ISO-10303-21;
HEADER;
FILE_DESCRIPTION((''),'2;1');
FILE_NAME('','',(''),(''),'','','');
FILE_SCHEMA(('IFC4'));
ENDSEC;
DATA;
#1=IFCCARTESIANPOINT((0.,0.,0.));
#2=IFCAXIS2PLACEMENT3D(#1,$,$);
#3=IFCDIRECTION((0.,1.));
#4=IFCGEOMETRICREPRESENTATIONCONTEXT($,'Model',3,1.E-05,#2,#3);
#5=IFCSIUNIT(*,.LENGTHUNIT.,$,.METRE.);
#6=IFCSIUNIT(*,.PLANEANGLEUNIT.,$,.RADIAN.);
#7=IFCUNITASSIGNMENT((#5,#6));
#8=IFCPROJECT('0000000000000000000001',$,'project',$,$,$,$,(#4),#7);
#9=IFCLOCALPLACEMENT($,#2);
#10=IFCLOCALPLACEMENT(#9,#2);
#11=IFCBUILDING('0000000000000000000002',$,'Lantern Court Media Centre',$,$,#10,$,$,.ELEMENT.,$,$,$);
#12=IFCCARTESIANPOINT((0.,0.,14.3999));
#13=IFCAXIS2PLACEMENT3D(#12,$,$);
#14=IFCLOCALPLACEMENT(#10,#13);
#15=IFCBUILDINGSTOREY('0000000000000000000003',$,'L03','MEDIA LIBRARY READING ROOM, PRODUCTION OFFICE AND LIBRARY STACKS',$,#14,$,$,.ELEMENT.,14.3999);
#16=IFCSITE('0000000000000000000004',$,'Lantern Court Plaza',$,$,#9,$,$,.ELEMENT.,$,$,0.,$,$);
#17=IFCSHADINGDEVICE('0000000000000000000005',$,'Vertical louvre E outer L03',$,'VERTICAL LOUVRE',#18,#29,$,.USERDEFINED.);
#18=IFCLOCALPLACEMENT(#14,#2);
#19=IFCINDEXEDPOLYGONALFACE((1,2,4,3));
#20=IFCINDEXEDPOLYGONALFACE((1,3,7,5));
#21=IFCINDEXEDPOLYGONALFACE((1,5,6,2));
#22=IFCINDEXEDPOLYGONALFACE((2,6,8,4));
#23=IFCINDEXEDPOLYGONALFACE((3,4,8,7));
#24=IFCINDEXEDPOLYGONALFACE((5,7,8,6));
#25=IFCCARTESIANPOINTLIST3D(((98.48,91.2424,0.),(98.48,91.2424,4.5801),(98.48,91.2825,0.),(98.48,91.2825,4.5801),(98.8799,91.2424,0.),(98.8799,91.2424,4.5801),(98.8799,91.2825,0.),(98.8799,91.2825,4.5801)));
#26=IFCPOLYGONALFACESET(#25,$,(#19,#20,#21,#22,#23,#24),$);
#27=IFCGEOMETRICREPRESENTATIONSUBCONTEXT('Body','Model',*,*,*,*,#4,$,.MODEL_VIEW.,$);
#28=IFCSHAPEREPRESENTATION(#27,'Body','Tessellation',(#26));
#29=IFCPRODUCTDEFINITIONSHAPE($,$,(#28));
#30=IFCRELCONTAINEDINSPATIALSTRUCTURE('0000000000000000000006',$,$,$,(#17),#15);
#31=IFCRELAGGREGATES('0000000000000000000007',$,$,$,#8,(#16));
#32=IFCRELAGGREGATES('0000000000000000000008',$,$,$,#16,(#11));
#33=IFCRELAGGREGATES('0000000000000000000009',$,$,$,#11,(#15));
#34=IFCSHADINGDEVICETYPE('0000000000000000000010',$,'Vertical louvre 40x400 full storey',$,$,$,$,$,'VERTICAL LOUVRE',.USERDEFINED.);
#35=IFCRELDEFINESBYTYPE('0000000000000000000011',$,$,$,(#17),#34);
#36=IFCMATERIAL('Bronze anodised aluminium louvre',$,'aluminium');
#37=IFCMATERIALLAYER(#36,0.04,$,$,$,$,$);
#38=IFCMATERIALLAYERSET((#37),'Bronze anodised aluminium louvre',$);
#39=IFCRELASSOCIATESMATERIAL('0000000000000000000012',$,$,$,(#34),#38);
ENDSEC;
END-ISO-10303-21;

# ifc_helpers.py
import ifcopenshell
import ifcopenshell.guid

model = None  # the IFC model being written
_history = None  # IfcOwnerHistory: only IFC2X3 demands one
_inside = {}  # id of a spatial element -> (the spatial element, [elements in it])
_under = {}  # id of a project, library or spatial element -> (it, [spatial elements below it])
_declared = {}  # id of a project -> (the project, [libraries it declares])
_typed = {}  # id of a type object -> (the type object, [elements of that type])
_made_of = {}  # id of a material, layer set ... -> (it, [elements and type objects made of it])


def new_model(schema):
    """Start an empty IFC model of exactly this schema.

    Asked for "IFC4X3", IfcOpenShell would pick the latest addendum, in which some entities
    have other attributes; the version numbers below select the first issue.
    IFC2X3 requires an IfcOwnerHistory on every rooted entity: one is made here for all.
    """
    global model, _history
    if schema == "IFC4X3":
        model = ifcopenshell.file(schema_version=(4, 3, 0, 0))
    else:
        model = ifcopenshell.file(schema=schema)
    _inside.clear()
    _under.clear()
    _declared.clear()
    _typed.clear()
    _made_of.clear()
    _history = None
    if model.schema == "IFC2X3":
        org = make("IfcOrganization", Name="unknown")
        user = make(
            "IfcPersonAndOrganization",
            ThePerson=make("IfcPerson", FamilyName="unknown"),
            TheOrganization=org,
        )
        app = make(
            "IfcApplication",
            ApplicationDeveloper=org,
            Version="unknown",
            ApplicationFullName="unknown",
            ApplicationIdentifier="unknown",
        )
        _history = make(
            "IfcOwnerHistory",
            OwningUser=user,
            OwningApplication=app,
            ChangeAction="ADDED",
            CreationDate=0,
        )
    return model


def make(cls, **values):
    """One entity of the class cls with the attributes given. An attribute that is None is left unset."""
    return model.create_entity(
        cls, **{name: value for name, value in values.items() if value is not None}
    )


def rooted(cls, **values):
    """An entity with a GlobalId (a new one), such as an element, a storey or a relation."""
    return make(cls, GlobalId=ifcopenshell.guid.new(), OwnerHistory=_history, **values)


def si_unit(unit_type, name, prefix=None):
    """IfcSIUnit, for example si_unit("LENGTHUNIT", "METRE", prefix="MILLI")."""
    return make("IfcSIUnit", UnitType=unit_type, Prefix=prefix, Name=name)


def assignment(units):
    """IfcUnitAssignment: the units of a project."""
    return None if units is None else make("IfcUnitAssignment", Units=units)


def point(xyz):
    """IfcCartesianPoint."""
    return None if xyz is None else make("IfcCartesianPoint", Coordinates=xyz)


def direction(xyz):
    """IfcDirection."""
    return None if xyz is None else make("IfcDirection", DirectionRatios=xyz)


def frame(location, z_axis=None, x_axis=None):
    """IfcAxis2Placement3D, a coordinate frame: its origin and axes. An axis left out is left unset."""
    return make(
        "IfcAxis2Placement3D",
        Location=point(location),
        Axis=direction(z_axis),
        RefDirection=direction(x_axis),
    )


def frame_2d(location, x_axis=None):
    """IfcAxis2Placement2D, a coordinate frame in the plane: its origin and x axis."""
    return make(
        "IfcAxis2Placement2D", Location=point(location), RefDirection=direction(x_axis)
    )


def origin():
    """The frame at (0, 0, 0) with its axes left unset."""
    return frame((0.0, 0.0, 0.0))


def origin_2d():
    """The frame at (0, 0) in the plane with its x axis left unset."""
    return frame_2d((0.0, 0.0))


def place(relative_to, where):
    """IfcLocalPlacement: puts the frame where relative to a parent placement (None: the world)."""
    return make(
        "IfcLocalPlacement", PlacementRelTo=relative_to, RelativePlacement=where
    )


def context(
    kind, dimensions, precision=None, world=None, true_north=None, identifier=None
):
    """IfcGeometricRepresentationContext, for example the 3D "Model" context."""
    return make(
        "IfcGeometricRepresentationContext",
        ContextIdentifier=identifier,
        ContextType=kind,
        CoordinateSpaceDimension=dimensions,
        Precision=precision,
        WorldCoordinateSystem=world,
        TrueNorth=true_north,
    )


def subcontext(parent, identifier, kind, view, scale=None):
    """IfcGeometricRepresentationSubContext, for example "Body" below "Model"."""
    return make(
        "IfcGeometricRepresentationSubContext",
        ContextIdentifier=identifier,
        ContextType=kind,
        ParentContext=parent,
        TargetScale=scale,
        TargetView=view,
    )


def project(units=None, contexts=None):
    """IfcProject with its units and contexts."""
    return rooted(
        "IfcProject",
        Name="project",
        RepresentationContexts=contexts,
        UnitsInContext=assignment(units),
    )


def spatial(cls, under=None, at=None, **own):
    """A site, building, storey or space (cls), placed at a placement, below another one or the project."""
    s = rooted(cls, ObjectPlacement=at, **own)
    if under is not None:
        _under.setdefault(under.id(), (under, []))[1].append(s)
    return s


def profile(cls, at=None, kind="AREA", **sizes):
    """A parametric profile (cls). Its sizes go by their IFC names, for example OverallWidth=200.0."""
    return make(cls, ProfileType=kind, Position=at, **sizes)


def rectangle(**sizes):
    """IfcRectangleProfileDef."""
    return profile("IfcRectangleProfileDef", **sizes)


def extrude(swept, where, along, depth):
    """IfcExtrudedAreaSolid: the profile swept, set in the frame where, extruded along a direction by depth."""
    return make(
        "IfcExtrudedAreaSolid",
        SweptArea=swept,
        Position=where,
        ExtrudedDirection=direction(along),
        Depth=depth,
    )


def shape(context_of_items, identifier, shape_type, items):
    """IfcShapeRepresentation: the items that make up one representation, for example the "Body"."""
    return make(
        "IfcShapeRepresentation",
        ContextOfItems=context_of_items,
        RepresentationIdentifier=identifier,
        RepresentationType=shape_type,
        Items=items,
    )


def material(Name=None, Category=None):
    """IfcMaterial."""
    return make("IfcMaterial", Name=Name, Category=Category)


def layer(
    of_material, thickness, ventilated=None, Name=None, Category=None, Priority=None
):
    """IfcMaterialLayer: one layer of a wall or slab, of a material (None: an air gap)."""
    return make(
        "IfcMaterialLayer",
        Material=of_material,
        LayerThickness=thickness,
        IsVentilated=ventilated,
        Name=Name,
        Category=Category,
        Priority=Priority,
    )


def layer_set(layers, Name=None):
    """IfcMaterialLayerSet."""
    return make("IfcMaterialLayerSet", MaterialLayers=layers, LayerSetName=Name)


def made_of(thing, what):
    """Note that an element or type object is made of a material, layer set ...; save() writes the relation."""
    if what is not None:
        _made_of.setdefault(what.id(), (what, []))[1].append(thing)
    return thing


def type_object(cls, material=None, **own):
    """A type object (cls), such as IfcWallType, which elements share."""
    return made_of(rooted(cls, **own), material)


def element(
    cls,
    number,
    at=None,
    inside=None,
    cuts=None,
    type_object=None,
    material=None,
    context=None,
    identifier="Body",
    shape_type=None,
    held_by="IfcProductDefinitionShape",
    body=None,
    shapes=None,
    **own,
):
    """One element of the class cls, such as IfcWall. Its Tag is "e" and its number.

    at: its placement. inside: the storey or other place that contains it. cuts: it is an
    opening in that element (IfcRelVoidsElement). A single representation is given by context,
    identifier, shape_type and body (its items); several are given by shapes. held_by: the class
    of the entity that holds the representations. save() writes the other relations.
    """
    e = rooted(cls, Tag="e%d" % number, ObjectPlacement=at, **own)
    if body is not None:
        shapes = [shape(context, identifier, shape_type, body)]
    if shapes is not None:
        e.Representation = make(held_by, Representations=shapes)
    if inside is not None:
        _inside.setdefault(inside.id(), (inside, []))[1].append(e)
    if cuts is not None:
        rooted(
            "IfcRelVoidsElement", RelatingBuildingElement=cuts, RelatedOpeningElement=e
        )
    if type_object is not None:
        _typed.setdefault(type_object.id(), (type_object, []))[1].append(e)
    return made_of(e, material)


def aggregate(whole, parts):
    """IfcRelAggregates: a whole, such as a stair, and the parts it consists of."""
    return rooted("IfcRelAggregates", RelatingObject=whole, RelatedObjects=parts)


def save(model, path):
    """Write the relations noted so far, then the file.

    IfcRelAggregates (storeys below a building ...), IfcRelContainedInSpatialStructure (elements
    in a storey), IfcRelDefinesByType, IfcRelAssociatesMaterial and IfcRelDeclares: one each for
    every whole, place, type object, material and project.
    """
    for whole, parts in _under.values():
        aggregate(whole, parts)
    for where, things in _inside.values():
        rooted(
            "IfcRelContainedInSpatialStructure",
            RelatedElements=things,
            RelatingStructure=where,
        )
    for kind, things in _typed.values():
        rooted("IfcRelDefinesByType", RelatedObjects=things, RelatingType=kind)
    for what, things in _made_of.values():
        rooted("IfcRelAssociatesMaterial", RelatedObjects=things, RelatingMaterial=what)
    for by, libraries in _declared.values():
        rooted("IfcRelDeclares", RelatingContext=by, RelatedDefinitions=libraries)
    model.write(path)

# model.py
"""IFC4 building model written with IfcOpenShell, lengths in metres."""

from ifc_helpers import new_model, si_unit, direction, frame, origin, origin_2d, place, context, subcontext, project, spatial, rectangle, extrude, material, layer, layer_set, type_object, element, save


model = new_model("IFC4")

# Units and contexts
model_context = context("Model", 3, precision=1e-05, world=origin(), true_north=direction((0.0, 1.0)))
body_context = subcontext(model_context, "Body", "Model", "MODEL_VIEW")
ifc_project = project(units=[si_unit("LENGTHUNIT", "METRE"), si_unit("PLANEANGLEUNIT", "RADIAN")], contexts=[model_context])

# Site, building, storey
site_placement = place(None, origin())
site = spatial("IfcSite", under=ifc_project, at=site_placement, Name="Lantern Court Plaza", CompositionType="ELEMENT", RefElevation=0.0)
building_placement = place(site_placement, origin())
building = spatial("IfcBuilding", under=site, at=building_placement, Name="Lantern Court Media Centre", CompositionType="ELEMENT")
storey_placement = place(building_placement, frame((0.0, 0.0, 14.3999)))
storey = spatial("IfcBuildingStorey", under=building, at=storey_placement, Name="L03", Description="MEDIA LIBRARY READING ROOM, PRODUCTION OFFICE AND LIBRARY STACKS", CompositionType="ELEMENT", Elevation=14.3999)

# Shading device
ifc_material_1 = material(Name="Bronze anodised aluminium louvre", Category="aluminium")
ifc_layer_1 = layer(ifc_material_1, 0.04)
ifc_layer_set_1 = layer_set([ifc_layer_1], Name="Bronze anodised aluminium louvre")
shading_device_type = type_object("IfcShadingDeviceType", Name="Vertical louvre 40x400 full storey", ElementType="VERTICAL LOUVRE", PredefinedType="USERDEFINED", material=ifc_layer_set_1)
for number, where, z_axis, x_axis, name in (
    (1, (98.6799, 91.2625, 0.0), (0.0, 0.0, 1.0), (1.0, 0.0, 0.0), "Vertical louvre E outer L03"),
):
    element("IfcShadingDevice", number, at=place(storey_placement, frame(where, z_axis=z_axis, x_axis=x_axis)), inside=storey, type_object=shading_device_type, Name=name, ObjectType="VERTICAL LOUVRE", PredefinedType="USERDEFINED", context=body_context, shape_type="SweptSolid", body=[
        extrude(rectangle(XDim=0.3999, YDim=0.04, at=origin_2d()), origin(), (0.0, 0.0, 1.0), 4.5801),
    ])

save(model, "model.ifc")
